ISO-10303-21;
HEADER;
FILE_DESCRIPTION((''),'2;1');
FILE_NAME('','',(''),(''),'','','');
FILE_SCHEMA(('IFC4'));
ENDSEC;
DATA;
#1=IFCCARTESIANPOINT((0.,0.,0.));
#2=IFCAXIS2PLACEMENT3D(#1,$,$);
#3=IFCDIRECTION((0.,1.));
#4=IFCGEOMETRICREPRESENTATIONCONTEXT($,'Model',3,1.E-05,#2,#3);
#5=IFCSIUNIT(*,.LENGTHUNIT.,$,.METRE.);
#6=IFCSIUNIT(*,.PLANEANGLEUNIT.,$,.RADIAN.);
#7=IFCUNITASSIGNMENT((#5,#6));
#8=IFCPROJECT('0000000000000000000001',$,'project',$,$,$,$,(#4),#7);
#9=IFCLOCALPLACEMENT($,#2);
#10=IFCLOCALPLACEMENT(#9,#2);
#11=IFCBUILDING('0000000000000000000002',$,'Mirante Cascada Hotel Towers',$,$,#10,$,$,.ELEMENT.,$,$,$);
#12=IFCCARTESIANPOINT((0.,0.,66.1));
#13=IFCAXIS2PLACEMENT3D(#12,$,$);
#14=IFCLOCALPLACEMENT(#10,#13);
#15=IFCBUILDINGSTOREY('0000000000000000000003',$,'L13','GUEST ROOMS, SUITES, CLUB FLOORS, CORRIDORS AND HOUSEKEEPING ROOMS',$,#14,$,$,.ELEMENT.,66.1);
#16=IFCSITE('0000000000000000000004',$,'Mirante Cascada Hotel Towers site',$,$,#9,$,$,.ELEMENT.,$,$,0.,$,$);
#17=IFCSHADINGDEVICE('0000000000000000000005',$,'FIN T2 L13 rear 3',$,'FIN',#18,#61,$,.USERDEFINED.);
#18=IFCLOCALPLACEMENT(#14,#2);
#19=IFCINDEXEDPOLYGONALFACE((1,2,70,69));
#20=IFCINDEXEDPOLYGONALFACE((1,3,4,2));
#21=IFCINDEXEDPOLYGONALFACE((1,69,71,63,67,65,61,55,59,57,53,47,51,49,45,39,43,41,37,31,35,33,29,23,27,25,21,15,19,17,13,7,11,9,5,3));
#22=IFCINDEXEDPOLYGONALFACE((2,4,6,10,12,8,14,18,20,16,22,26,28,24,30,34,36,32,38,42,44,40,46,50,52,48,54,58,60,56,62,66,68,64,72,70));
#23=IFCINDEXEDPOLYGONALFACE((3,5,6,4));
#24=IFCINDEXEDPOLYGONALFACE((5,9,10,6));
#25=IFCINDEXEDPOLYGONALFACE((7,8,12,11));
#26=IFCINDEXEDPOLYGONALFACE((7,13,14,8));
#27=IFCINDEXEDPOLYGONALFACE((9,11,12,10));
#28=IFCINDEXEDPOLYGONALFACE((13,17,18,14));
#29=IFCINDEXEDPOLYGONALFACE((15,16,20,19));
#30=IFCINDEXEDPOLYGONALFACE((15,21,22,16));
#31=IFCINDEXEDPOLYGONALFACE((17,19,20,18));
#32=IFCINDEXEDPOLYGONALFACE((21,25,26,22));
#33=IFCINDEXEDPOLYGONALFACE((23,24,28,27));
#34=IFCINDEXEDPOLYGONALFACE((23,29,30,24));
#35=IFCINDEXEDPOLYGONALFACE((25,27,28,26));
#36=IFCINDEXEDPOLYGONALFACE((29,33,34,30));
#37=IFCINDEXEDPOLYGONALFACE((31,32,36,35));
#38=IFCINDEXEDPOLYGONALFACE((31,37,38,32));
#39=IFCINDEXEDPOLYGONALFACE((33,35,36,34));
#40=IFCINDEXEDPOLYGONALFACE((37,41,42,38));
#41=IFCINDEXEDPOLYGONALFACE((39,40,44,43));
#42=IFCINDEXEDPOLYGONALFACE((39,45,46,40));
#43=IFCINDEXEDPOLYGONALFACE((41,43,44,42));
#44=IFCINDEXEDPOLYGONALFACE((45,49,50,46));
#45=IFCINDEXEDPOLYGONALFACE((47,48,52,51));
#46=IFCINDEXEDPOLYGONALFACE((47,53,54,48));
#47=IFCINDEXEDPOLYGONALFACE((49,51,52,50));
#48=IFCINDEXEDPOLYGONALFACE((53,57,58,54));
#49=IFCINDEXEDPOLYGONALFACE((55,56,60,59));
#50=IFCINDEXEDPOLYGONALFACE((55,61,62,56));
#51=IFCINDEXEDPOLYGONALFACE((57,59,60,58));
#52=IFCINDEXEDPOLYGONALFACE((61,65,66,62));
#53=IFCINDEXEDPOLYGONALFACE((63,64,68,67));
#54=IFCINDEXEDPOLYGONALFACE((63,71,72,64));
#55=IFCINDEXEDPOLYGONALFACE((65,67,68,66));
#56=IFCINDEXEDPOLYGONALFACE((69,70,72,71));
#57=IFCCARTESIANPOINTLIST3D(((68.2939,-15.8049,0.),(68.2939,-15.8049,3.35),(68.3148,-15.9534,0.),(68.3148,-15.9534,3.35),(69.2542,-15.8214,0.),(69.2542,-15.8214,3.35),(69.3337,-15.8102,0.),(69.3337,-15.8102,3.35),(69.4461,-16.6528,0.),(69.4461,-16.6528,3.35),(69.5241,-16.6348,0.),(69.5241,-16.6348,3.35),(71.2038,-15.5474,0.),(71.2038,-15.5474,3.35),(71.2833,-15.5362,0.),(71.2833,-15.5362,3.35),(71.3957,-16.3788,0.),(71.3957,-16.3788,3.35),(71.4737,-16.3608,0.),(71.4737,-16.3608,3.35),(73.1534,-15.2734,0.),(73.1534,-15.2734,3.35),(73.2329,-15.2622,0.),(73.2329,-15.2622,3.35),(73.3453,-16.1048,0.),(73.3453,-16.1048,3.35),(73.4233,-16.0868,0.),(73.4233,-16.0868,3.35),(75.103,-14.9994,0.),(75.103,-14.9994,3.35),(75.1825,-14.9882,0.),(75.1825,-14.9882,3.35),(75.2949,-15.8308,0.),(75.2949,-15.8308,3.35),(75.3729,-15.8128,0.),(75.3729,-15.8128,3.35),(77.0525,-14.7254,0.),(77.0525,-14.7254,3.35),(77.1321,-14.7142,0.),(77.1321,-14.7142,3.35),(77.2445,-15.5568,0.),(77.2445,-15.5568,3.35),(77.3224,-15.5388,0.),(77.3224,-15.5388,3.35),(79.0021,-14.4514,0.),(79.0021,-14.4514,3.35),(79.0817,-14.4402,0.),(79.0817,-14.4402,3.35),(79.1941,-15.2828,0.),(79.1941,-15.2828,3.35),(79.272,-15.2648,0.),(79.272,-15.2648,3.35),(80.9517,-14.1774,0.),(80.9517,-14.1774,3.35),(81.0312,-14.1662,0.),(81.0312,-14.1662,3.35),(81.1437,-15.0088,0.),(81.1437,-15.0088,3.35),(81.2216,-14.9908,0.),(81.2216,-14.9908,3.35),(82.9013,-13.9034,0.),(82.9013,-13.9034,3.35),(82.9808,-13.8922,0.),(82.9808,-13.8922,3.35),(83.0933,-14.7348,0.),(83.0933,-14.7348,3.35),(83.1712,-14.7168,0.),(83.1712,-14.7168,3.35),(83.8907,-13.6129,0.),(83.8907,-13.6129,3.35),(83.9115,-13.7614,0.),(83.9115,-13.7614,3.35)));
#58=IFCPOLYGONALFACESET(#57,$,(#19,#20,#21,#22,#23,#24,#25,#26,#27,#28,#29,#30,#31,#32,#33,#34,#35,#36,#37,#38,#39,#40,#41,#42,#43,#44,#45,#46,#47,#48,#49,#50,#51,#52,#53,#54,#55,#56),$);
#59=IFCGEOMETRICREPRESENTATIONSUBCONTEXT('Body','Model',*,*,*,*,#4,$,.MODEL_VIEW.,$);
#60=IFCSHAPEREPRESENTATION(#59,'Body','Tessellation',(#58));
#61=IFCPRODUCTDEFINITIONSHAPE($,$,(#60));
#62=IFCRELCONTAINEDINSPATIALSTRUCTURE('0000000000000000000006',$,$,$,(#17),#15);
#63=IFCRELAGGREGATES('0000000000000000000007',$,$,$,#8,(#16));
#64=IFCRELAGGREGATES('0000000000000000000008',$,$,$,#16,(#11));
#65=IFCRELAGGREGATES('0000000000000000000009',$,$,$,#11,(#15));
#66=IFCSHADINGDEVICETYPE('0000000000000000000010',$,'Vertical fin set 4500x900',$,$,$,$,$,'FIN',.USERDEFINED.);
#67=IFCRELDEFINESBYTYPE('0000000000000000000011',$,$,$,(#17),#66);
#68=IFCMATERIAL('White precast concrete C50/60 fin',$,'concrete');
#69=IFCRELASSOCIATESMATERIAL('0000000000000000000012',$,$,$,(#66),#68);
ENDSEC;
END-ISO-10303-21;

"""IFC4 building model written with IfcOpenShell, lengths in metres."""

from ifc_helpers import new_model, si_unit, direction, frame, origin, place, context, subcontext, project, spatial, polyline, outline, extrude, material, type_object, element, save


model = new_model("IFC4")

# Units and contexts
model_context = context("Model", 3, precision=1e-05, world=origin(), true_north=direction((0.0, 1.0)))
body_context = subcontext(model_context, "Body", "Model", "MODEL_VIEW")
ifc_project = project(units=[si_unit("LENGTHUNIT", "METRE"), si_unit("PLANEANGLEUNIT", "RADIAN")], contexts=[model_context])

# Site, building, storey
site_placement = place(None, origin())
site = spatial("IfcSite", under=ifc_project, at=site_placement, Name="Mirante Cascada Hotel Towers site", CompositionType="ELEMENT", RefElevation=0.0)
building_placement = place(site_placement, origin())
building = spatial("IfcBuilding", under=site, at=building_placement, Name="Mirante Cascada Hotel Towers", CompositionType="ELEMENT")
storey_placement = place(building_placement, frame((0.0, 0.0, 66.1)))
storey = spatial("IfcBuildingStorey", under=building, at=storey_placement, Name="L13", Description="GUEST ROOMS, SUITES, CLUB FLOORS, CORRIDORS AND HOUSEKEEPING ROOMS", CompositionType="ELEMENT", Elevation=66.1)

# Shading device
ifc_material_1 = material(Name="White precast concrete C50/60 fin", Category="concrete")
shading_device_type = type_object("IfcShadingDeviceType", Name="Vertical fin set 4500x900", ElementType="FIN", PredefinedType="USERDEFINED", material=ifc_material_1)
shading_device_1_placement = place(storey_placement, origin())
element("IfcShadingDevice", 1, at=shading_device_1_placement, inside=storey, type_object=shading_device_type, Name="FIN T2 L13 rear 3", ObjectType="FIN", PredefinedType="USERDEFINED", context=body_context, shape_type="SweptSolid", body=[
    extrude(outline(polyline([(69.4461, -16.6528), (69.2542, -15.8214), (68.3148, -15.9534), (68.2939, -15.8049), (83.8907, -13.6129), (83.9115, -13.7614), (82.9808, -13.8922), (83.1712, -14.7168), (83.0933, -14.7348), (82.9013, -13.9034), (81.0312, -14.1662), (81.2216, -14.9908), (81.1437, -15.0088), (80.9517, -14.1774), (79.0817, -14.4402), (79.272, -15.2648), (79.1941, -15.2828), (79.0021, -14.4514), (77.1321, -14.7142), (77.3224, -15.5388), (77.2445, -15.5568), (77.0525, -14.7254), (75.1825, -14.9882), (75.3729, -15.8128), (75.2949, -15.8308), (75.103, -14.9994), (73.2329, -15.2622), (73.4233, -16.0868), (73.3453, -16.1048), (73.1534, -15.2734), (71.2833, -15.5362), (71.4737, -16.3608), (71.3957, -16.3788), (71.2038, -15.5474), (69.3337, -15.8102), (69.5241, -16.6348), (69.4461, -16.6528)])), origin(), (0.0, 0.0, 1.0), 3.35),
])

save(model, "model.ifc")
